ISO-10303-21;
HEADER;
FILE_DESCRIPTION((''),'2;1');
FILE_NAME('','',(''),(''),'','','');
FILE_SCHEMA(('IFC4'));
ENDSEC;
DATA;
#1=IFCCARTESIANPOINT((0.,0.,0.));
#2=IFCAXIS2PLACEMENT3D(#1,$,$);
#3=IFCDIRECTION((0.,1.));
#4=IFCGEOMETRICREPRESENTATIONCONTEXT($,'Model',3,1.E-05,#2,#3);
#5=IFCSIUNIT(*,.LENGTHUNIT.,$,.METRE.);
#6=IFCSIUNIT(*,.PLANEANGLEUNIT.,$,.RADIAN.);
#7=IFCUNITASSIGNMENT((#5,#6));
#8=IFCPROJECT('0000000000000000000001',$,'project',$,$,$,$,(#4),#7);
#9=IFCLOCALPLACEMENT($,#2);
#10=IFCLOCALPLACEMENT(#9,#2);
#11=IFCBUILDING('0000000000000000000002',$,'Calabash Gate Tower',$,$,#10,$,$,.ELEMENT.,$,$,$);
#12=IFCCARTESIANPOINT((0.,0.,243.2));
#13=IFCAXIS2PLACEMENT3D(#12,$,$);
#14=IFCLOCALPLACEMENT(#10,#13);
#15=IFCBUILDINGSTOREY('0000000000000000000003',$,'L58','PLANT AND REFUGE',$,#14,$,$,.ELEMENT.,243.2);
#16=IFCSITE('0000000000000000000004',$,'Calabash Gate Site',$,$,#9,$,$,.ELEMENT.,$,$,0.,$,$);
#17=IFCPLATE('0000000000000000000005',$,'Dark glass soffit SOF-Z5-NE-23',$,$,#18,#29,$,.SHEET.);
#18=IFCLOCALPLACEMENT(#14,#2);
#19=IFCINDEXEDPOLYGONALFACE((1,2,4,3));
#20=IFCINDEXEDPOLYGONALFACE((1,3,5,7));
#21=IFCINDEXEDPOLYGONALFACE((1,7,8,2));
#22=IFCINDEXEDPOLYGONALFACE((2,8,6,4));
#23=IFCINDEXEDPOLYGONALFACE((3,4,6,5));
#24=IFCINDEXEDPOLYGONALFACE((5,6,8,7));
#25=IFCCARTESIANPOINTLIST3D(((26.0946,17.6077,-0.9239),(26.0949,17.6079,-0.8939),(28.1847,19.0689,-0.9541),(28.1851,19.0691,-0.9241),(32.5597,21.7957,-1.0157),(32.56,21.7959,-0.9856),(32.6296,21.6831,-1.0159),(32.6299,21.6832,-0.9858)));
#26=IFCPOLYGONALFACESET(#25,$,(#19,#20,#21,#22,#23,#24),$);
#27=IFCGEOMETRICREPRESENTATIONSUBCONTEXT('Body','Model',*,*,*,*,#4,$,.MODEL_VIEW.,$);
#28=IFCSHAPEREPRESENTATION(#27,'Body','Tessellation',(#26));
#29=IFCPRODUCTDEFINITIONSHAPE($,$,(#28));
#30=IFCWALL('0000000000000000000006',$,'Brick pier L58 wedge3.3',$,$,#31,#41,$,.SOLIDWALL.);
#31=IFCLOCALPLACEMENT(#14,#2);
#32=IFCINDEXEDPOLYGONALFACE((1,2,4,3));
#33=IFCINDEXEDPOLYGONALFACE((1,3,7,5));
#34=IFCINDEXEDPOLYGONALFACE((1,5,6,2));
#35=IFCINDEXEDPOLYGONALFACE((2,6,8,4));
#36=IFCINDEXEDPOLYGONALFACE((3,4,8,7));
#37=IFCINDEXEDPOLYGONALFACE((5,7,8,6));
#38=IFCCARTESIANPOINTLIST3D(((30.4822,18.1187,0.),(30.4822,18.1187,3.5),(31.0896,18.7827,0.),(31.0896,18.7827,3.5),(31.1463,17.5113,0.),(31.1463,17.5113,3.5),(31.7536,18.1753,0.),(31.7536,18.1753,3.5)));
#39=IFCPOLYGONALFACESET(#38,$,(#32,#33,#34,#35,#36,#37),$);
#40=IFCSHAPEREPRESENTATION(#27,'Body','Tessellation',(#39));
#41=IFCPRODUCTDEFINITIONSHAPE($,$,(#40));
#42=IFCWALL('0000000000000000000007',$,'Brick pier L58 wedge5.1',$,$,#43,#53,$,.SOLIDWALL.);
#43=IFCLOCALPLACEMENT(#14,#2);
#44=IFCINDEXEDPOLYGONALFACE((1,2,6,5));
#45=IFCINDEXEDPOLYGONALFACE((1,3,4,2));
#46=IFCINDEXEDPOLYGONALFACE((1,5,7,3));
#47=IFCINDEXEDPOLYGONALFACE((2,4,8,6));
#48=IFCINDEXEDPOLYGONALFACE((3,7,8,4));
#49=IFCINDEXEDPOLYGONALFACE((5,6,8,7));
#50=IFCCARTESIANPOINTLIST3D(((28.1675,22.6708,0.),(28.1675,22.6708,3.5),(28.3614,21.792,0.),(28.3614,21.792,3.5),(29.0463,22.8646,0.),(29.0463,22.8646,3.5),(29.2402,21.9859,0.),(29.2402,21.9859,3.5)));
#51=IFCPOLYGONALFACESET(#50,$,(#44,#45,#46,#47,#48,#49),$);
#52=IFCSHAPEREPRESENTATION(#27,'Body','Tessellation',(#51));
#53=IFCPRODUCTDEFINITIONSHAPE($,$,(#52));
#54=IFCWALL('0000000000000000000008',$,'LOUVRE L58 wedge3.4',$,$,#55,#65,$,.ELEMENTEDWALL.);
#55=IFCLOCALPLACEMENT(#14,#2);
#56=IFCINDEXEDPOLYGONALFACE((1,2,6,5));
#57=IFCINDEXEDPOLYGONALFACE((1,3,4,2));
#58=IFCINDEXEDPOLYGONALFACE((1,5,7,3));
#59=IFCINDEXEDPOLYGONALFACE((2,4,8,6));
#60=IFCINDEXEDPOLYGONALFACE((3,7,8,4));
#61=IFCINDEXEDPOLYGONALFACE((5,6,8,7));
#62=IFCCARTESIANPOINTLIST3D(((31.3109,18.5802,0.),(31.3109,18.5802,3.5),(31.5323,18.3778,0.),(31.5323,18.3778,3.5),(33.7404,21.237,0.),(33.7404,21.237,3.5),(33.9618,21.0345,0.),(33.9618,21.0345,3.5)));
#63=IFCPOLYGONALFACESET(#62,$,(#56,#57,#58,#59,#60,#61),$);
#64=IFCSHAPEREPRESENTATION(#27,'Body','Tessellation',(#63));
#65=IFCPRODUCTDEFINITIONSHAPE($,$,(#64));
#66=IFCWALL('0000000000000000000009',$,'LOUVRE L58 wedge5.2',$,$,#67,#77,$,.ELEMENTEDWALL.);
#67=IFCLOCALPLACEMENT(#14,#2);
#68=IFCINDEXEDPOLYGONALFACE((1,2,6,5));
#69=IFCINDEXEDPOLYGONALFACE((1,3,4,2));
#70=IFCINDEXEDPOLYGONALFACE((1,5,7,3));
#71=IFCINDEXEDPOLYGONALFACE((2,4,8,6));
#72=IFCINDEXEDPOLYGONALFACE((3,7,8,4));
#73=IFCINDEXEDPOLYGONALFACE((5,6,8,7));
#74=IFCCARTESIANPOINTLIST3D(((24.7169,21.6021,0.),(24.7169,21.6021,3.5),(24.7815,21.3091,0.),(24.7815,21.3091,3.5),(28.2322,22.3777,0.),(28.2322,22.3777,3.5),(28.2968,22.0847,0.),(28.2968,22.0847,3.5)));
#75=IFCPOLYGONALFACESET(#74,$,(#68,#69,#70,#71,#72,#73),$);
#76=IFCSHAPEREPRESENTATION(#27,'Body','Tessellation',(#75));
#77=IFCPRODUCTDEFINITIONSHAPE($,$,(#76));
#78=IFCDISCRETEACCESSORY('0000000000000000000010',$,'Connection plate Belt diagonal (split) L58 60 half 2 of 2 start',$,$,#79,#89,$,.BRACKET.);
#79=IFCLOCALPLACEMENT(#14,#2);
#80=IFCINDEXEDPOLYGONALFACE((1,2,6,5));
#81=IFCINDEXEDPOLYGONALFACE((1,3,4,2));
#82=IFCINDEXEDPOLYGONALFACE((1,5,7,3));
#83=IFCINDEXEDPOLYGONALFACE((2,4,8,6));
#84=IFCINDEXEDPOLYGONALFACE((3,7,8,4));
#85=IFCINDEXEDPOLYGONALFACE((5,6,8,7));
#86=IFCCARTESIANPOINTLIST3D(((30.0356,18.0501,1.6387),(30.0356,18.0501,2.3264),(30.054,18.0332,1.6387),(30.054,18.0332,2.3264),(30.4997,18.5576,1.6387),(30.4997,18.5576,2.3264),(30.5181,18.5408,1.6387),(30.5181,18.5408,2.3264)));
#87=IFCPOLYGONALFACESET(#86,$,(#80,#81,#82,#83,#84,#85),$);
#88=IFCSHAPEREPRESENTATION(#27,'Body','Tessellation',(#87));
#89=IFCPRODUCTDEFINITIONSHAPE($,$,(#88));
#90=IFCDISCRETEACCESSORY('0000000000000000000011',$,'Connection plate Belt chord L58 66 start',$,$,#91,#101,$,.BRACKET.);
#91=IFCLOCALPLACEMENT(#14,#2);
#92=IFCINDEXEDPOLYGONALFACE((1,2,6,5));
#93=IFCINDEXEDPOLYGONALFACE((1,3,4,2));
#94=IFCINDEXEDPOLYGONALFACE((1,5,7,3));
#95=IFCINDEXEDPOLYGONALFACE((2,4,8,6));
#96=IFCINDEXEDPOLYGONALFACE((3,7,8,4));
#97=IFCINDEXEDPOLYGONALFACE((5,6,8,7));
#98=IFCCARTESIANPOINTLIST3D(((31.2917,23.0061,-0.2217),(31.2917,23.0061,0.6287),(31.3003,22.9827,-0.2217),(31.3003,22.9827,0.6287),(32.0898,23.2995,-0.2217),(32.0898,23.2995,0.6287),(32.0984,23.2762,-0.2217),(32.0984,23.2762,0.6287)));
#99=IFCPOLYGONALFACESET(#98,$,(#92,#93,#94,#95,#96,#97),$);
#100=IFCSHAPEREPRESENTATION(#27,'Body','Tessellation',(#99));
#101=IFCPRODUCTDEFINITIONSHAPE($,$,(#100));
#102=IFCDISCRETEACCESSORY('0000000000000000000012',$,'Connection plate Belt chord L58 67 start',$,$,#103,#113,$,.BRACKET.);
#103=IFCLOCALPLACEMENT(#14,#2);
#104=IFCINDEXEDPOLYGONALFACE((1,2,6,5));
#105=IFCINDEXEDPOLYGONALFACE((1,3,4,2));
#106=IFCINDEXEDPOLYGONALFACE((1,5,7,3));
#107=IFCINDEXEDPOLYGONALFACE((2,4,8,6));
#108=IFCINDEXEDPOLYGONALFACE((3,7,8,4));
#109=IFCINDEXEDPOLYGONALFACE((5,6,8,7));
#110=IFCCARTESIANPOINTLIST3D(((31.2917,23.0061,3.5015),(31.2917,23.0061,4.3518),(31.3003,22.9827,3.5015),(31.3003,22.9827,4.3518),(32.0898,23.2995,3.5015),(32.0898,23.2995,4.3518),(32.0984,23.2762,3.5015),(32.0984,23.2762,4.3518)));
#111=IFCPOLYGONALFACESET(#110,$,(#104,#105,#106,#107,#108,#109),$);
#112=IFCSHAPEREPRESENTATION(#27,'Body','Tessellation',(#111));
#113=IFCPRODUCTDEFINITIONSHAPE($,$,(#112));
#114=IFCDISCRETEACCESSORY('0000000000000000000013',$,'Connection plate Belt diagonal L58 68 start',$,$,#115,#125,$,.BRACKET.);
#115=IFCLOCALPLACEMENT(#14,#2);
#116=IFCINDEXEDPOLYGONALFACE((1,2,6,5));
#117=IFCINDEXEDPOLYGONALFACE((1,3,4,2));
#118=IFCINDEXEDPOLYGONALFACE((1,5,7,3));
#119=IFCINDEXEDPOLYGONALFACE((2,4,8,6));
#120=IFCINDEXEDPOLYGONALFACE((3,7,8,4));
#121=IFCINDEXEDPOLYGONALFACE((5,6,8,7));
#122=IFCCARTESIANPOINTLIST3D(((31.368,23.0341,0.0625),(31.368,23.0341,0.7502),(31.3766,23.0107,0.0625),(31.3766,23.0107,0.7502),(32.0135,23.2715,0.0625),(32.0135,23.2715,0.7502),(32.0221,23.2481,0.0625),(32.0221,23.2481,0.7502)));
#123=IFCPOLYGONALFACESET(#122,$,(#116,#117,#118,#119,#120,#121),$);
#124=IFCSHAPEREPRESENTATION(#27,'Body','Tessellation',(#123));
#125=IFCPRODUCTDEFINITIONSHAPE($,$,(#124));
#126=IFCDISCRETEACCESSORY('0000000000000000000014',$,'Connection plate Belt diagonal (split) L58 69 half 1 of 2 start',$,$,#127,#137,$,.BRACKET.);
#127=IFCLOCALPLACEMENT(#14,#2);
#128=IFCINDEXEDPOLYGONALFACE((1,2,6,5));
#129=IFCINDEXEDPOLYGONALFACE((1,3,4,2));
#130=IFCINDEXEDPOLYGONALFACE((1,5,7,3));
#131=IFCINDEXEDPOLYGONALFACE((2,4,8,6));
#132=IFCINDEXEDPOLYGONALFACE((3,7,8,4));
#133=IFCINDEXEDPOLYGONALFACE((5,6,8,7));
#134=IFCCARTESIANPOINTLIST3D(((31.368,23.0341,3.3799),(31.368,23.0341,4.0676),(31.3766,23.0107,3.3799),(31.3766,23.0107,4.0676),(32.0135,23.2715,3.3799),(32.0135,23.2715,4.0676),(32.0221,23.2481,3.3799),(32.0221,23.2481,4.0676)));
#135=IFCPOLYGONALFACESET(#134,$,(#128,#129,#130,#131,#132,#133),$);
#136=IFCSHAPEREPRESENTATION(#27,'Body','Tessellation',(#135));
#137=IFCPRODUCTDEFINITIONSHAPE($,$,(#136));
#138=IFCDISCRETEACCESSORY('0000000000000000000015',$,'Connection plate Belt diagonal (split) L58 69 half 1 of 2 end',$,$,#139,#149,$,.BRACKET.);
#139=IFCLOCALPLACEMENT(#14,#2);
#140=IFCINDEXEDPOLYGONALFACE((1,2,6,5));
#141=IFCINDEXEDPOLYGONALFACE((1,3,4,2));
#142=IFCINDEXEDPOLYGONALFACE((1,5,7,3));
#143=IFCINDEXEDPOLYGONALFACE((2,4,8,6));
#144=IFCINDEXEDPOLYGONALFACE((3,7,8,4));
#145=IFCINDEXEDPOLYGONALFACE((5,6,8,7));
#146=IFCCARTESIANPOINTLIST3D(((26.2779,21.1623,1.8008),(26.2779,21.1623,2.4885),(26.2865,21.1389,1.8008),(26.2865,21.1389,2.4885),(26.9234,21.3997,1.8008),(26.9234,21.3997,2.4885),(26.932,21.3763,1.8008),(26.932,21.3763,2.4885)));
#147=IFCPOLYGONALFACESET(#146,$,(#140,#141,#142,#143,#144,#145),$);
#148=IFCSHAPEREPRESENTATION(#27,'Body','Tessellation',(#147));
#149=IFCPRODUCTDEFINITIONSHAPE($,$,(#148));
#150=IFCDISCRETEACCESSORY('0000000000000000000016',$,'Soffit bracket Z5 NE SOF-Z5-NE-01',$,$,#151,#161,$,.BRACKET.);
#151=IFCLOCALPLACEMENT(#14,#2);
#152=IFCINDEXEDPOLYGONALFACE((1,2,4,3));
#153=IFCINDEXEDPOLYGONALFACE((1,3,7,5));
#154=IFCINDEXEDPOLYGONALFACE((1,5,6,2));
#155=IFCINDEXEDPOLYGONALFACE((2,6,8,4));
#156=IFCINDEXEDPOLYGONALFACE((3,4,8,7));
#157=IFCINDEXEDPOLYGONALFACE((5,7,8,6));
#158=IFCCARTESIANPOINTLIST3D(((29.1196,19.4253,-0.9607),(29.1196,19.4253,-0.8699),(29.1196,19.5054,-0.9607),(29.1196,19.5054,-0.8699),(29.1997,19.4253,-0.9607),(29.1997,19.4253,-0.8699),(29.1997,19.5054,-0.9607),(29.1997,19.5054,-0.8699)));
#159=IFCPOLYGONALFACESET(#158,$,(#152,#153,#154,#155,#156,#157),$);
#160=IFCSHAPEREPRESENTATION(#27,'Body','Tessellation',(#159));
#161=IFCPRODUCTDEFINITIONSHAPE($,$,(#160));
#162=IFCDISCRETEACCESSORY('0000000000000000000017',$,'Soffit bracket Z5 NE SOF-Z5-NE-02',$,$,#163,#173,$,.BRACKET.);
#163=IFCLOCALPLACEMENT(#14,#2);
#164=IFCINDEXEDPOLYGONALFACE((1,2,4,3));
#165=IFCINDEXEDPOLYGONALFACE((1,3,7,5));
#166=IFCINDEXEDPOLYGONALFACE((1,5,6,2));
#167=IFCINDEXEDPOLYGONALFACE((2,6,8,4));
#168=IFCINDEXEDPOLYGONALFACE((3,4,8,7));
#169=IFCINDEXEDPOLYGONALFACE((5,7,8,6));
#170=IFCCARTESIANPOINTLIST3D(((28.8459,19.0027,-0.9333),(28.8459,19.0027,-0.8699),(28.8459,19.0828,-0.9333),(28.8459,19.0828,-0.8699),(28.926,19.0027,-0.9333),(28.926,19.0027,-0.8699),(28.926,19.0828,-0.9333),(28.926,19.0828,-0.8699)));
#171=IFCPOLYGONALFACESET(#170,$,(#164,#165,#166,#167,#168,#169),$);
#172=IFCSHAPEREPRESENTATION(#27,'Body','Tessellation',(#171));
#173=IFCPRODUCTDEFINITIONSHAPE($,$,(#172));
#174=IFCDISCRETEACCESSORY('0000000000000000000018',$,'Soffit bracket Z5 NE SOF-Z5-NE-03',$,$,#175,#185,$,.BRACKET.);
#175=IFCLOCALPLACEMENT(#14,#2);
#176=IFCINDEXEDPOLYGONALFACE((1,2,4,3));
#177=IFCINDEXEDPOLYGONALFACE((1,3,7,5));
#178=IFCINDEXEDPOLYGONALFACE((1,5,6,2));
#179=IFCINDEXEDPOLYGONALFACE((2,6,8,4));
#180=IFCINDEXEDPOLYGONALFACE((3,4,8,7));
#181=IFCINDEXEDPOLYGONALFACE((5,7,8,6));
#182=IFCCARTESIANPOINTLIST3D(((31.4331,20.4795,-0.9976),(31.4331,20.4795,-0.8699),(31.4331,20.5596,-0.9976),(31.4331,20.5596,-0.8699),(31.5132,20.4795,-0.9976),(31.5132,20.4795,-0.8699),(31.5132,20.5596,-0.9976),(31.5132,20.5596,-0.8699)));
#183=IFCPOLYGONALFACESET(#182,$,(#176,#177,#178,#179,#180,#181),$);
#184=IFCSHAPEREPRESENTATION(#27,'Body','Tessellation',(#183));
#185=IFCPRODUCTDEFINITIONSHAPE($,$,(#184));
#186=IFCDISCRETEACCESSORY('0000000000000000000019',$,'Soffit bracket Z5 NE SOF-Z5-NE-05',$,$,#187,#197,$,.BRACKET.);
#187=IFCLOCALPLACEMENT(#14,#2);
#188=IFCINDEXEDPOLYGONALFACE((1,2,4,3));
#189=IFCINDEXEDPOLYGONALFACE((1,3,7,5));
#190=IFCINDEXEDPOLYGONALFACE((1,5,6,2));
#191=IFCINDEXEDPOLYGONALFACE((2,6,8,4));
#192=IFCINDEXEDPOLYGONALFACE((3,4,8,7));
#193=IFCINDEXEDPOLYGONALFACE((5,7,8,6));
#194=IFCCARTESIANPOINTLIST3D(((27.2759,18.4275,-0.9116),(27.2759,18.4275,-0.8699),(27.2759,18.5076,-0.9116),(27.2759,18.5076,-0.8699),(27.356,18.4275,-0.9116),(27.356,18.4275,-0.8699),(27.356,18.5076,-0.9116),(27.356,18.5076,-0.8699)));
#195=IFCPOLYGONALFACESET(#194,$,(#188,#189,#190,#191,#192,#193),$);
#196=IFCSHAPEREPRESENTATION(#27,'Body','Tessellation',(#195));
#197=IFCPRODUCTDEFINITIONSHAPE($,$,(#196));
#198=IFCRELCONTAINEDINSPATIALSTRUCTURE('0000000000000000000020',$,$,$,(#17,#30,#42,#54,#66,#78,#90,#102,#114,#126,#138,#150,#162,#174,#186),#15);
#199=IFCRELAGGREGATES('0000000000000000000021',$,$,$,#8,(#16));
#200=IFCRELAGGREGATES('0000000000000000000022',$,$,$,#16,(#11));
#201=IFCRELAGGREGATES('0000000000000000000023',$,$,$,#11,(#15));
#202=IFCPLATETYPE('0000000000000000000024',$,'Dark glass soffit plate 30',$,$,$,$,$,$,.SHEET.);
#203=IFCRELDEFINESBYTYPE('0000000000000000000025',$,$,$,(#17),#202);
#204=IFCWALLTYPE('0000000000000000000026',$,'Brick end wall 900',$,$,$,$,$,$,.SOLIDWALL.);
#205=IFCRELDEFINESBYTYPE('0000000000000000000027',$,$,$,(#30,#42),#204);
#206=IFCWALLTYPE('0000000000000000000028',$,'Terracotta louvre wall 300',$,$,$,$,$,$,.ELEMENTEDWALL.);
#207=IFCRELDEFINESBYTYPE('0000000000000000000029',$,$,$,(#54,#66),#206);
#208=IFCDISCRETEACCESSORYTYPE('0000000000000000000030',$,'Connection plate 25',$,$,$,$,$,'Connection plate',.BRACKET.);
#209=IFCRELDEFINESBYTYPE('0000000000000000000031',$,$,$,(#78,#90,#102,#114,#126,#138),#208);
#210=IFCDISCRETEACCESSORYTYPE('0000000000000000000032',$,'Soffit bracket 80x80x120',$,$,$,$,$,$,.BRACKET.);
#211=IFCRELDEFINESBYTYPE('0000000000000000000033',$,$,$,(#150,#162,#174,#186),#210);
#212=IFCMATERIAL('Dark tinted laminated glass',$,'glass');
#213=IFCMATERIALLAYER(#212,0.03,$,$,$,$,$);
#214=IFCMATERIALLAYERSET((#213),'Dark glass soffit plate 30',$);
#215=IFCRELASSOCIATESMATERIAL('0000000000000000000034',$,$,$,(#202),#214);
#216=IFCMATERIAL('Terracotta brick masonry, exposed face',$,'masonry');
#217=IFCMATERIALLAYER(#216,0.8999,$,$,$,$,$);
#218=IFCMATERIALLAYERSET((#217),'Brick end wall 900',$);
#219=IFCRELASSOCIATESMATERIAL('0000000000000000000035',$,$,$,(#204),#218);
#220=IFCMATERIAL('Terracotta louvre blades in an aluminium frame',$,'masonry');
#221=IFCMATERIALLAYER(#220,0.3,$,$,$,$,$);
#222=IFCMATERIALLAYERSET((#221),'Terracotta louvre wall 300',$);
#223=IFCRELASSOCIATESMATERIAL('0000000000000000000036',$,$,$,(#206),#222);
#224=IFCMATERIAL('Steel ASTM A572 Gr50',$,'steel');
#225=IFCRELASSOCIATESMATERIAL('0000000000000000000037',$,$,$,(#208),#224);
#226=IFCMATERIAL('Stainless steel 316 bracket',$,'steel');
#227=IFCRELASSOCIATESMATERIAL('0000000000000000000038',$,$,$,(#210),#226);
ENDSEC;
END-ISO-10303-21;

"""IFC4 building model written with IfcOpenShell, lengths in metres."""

from ifc_helpers import new_model, si_unit, direction, frame, frame_2d, origin, origin_2d, place, context, subcontext, project, spatial, polyline, rectangle, outline, extrude, material, layer, layer_set, type_object, element, save


model = new_model("IFC4")

# Units and contexts
model_context = context("Model", 3, precision=1e-05, world=origin(), true_north=direction((0.0, 1.0)))
body_context = subcontext(model_context, "Body", "Model", "MODEL_VIEW")
ifc_project = project(units=[si_unit("LENGTHUNIT", "METRE"), si_unit("PLANEANGLEUNIT", "RADIAN")], contexts=[model_context])

# Site, building, storey
site_placement = place(None, origin())
site = spatial("IfcSite", under=ifc_project, at=site_placement, Name="Calabash Gate Site", CompositionType="ELEMENT", RefElevation=0.0)
building_placement = place(site_placement, origin())
building = spatial("IfcBuilding", under=site, at=building_placement, Name="Calabash Gate Tower", CompositionType="ELEMENT")
storey_placement = place(building_placement, frame((0.0, 0.0, 243.2)))
storey = spatial("IfcBuildingStorey", under=building, at=storey_placement, Name="L58", Description="PLANT AND REFUGE", CompositionType="ELEMENT", Elevation=243.2)

# Plate
ifc_material_1 = material(Name="Dark tinted laminated glass", Category="glass")
ifc_layer_1 = layer(ifc_material_1, 0.03)
ifc_layer_set_1 = layer_set([ifc_layer_1], Name="Dark glass soffit plate 30")
plate_type = type_object("IfcPlateType", Name="Dark glass soffit plate 30", PredefinedType="SHEET", material=ifc_layer_set_1)
plate_1_placement = place(storey_placement, frame((28.1851, 19.0691, -0.9241), z_axis=(0.010916, 0.005065, 0.999928), x_axis=(0.848597, 0.528905, -0.011944)))
element("IfcPlate", 1, at=plate_1_placement, inside=storey, type_object=plate_type, Name="Dark glass soffit SOF-Z5-NE-23", PredefinedType="SHEET", context=body_context, shape_type="SweptSolid", body=[
    extrude(outline(polyline([(0.0, 0.0), (5.1555, 0.0), (5.1553, -0.1326), (-2.5469, -0.1345), (0.0, 0.0)])), origin(), (0.0, 0.0, -1.0), 0.03),
])

# Walls
ifc_material_2 = material(Name="Terracotta brick masonry, exposed face", Category="masonry")
ifc_layer_2 = layer(ifc_material_2, 0.8999)
ifc_layer_set_2 = layer_set([ifc_layer_2], Name="Brick end wall 900")
wall_type_1 = type_object("IfcWallType", Name="Brick end wall 900", PredefinedType="SOLIDWALL", material=ifc_layer_set_2)
for number, where, z_axis, x_axis, name in (
    (2, (31.4216, 18.479, 0.0), (0.0, 0.0, 1.0), (-0.674938, -0.737874, 0.0), "Brick pier L58 wedge3.3"),
    (3, (28.8008, 21.8889, 0.0), (0.0, 0.0, 1.0), (-0.215436, 0.976518, 0.0), "Brick pier L58 wedge5.1"),
):
    element("IfcWall", number, at=place(storey_placement, frame(where, z_axis=z_axis, x_axis=x_axis)), inside=storey, type_object=wall_type_1, Name=name, PredefinedType="SOLIDWALL", context=body_context, shape_type="SweptSolid", body=[
        extrude(rectangle(XDim=0.8999, YDim=0.8999, at=frame_2d((0.45, 0.0))), origin(), (0.0, 0.0, 1.0), 3.5),
    ])
ifc_material_3 = material(Name="Terracotta louvre blades in an aluminium frame", Category="masonry")
ifc_layer_3 = layer(ifc_material_3, 0.3)
ifc_layer_set_3 = layer_set([ifc_layer_3], Name="Terracotta louvre wall 300")
wall_type_2 = type_object("IfcWallType", Name="Terracotta louvre wall 300", PredefinedType="ELEMENTEDWALL", material=ifc_layer_set_3)
wall_1_placement = place(storey_placement, frame((31.4216, 18.479, 0.0), z_axis=(0.0, 0.0, 1.0), x_axis=(0.674834, 0.73797, 0.0)))
element("IfcWall", 4, at=wall_1_placement, inside=storey, type_object=wall_type_2, Name="LOUVRE L58 wedge3.4", PredefinedType="ELEMENTEDWALL", context=body_context, shape_type="SweptSolid", body=[
    extrude(rectangle(XDim=3.6001, YDim=0.3, at=frame_2d((1.8, 0.0))), origin(), (0.0, 0.0, 1.0), 3.5),
])
wall_2_placement = place(storey_placement, frame((28.2644, 22.2312, 0.0), z_axis=(0.0, 0.0, 1.0), x_axis=(-0.976513, -0.215458, 0.0)))
element("IfcWall", 5, at=wall_2_placement, inside=storey, type_object=wall_type_2, Name="LOUVRE L58 wedge5.2", PredefinedType="ELEMENTEDWALL", context=body_context, shape_type="SweptSolid", body=[
    extrude(rectangle(XDim=3.5999, YDim=0.3, at=frame_2d((1.7998, 0.0))), origin(), (0.0, 0.0, 1.0), 3.5),
])

# Discrete accessories
ifc_material_4 = material(Name="Steel ASTM A572 Gr50", Category="steel")
discrete_accessory_type_1 = type_object("IfcDiscreteAccessoryType", Name="Connection plate 25", ElementType="Connection plate", PredefinedType="BRACKET", material=ifc_material_4)
discrete_accessory_1_placement = place(storey_placement, frame((30.2769, 18.2954, 1.6387), z_axis=(0.0, 0.0, 1.0), x_axis=(0.674856, 0.737949, 0.0)))
element("IfcDiscreteAccessory", 6, at=discrete_accessory_1_placement, inside=storey, type_object=discrete_accessory_type_1, Name="Connection plate Belt diagonal (split) L58 60 half 2 of 2 start", PredefinedType="BRACKET", context=body_context, shape_type="SweptSolid", body=[
    extrude(rectangle(XDim=0.6877, YDim=0.0249, at=origin_2d()), origin(), (0.0, 0.0, 1.0), 0.6877),
])
for number, where, z_axis, x_axis, name in (
    (7, (31.6951, 23.1411, -0.2217), (0.0, 0.0, 1.0), (-0.938551, -0.34514, 0.0), "Connection plate Belt chord L58 66 start"),
    (8, (31.6951, 23.1411, 3.5015), (0.0, 0.0, 1.0), (-0.938551, -0.34514, 0.0), "Connection plate Belt chord L58 67 start"),
):
    element("IfcDiscreteAccessory", number, at=place(storey_placement, frame(where, z_axis=z_axis, x_axis=x_axis)), inside=storey, type_object=discrete_accessory_type_1, Name=name, PredefinedType="BRACKET", context=body_context, shape_type="SweptSolid", body=[
        extrude(rectangle(XDim=0.8503, YDim=0.0249, at=origin_2d()), origin(), (0.0, 0.0, 1.0), 0.8503),
    ])
for number, where, z_axis, x_axis, name in (
    (9, (31.6951, 23.1411, 0.0625), (0.0, 0.0, 1.0), (-0.938551, -0.34514, 0.0), "Connection plate Belt diagonal L58 68 start"),
    (10, (31.6951, 23.1411, 3.3799), (0.0, 0.0, 1.0), (-0.938551, -0.34514, 0.0), "Connection plate Belt diagonal (split) L58 69 half 1 of 2 start"),
    (11, (26.605, 21.2693, 1.8008), (0.0, 0.0, 1.0), (-0.938551, -0.34514, 0.0), "Connection plate Belt diagonal (split) L58 69 half 1 of 2 end"),
):
    element("IfcDiscreteAccessory", number, at=place(storey_placement, frame(where, z_axis=z_axis, x_axis=x_axis)), inside=storey, type_object=discrete_accessory_type_1, Name=name, PredefinedType="BRACKET", context=body_context, shape_type="SweptSolid", body=[
        extrude(rectangle(XDim=0.6877, YDim=0.0249, at=origin_2d()), origin(), (0.0, 0.0, 1.0), 0.6877),
    ])
ifc_material_5 = material(Name="Stainless steel 316 bracket", Category="steel")
discrete_accessory_type_2 = type_object("IfcDiscreteAccessoryType", Name="Soffit bracket 80x80x120", PredefinedType="BRACKET", material=ifc_material_5)
discrete_accessory_2_placement = place(storey_placement, frame((29.1597, 19.4653, -0.9607), z_axis=(0.0, 0.0, 1.0), x_axis=(1.0, 0.0, 0.0)))
element("IfcDiscreteAccessory", 12, at=discrete_accessory_2_placement, inside=storey, type_object=discrete_accessory_type_2, Name="Soffit bracket Z5 NE SOF-Z5-NE-01", PredefinedType="BRACKET", context=body_context, shape_type="SweptSolid", body=[
    extrude(rectangle(XDim=0.0801, YDim=0.0801, at=origin_2d()), origin(), (0.0, 0.0, 1.0), 0.0908),
])
discrete_accessory_3_placement = place(storey_placement, frame((28.886, 19.0427, -0.9333), z_axis=(0.0, 0.0, 1.0), x_axis=(1.0, 0.0, 0.0)))
element("IfcDiscreteAccessory", 13, at=discrete_accessory_3_placement, inside=storey, type_object=discrete_accessory_type_2, Name="Soffit bracket Z5 NE SOF-Z5-NE-02", PredefinedType="BRACKET", context=body_context, shape_type="SweptSolid", body=[
    extrude(rectangle(XDim=0.0801, YDim=0.0801, at=origin_2d()), origin(), (0.0, 0.0, 1.0), 0.0635),
])
discrete_accessory_4_placement = place(storey_placement, frame((31.4731, 20.5195, -0.9976), z_axis=(0.0, 0.0, 1.0), x_axis=(1.0, 0.0, 0.0)))
element("IfcDiscreteAccessory", 14, at=discrete_accessory_4_placement, inside=storey, type_object=discrete_accessory_type_2, Name="Soffit bracket Z5 NE SOF-Z5-NE-03", PredefinedType="BRACKET", context=body_context, shape_type="SweptSolid", body=[
    extrude(rectangle(XDim=0.0801, YDim=0.0801, at=origin_2d()), origin(), (0.0, 0.0, 1.0), 0.1277),
])
discrete_accessory_5_placement = place(storey_placement, frame((27.3159, 18.4675, -0.9116), z_axis=(0.0, 0.0, 1.0), x_axis=(1.0, 0.0, 0.0)))
element("IfcDiscreteAccessory", 15, at=discrete_accessory_5_placement, inside=storey, type_object=discrete_accessory_type_2, Name="Soffit bracket Z5 NE SOF-Z5-NE-05", PredefinedType="BRACKET", context=body_context, shape_type="SweptSolid", body=[
    extrude(rectangle(XDim=0.0801, YDim=0.0801, at=origin_2d()), origin(), (0.0, 0.0, 1.0), 0.0417),
])

save(model, "model.ifc")
